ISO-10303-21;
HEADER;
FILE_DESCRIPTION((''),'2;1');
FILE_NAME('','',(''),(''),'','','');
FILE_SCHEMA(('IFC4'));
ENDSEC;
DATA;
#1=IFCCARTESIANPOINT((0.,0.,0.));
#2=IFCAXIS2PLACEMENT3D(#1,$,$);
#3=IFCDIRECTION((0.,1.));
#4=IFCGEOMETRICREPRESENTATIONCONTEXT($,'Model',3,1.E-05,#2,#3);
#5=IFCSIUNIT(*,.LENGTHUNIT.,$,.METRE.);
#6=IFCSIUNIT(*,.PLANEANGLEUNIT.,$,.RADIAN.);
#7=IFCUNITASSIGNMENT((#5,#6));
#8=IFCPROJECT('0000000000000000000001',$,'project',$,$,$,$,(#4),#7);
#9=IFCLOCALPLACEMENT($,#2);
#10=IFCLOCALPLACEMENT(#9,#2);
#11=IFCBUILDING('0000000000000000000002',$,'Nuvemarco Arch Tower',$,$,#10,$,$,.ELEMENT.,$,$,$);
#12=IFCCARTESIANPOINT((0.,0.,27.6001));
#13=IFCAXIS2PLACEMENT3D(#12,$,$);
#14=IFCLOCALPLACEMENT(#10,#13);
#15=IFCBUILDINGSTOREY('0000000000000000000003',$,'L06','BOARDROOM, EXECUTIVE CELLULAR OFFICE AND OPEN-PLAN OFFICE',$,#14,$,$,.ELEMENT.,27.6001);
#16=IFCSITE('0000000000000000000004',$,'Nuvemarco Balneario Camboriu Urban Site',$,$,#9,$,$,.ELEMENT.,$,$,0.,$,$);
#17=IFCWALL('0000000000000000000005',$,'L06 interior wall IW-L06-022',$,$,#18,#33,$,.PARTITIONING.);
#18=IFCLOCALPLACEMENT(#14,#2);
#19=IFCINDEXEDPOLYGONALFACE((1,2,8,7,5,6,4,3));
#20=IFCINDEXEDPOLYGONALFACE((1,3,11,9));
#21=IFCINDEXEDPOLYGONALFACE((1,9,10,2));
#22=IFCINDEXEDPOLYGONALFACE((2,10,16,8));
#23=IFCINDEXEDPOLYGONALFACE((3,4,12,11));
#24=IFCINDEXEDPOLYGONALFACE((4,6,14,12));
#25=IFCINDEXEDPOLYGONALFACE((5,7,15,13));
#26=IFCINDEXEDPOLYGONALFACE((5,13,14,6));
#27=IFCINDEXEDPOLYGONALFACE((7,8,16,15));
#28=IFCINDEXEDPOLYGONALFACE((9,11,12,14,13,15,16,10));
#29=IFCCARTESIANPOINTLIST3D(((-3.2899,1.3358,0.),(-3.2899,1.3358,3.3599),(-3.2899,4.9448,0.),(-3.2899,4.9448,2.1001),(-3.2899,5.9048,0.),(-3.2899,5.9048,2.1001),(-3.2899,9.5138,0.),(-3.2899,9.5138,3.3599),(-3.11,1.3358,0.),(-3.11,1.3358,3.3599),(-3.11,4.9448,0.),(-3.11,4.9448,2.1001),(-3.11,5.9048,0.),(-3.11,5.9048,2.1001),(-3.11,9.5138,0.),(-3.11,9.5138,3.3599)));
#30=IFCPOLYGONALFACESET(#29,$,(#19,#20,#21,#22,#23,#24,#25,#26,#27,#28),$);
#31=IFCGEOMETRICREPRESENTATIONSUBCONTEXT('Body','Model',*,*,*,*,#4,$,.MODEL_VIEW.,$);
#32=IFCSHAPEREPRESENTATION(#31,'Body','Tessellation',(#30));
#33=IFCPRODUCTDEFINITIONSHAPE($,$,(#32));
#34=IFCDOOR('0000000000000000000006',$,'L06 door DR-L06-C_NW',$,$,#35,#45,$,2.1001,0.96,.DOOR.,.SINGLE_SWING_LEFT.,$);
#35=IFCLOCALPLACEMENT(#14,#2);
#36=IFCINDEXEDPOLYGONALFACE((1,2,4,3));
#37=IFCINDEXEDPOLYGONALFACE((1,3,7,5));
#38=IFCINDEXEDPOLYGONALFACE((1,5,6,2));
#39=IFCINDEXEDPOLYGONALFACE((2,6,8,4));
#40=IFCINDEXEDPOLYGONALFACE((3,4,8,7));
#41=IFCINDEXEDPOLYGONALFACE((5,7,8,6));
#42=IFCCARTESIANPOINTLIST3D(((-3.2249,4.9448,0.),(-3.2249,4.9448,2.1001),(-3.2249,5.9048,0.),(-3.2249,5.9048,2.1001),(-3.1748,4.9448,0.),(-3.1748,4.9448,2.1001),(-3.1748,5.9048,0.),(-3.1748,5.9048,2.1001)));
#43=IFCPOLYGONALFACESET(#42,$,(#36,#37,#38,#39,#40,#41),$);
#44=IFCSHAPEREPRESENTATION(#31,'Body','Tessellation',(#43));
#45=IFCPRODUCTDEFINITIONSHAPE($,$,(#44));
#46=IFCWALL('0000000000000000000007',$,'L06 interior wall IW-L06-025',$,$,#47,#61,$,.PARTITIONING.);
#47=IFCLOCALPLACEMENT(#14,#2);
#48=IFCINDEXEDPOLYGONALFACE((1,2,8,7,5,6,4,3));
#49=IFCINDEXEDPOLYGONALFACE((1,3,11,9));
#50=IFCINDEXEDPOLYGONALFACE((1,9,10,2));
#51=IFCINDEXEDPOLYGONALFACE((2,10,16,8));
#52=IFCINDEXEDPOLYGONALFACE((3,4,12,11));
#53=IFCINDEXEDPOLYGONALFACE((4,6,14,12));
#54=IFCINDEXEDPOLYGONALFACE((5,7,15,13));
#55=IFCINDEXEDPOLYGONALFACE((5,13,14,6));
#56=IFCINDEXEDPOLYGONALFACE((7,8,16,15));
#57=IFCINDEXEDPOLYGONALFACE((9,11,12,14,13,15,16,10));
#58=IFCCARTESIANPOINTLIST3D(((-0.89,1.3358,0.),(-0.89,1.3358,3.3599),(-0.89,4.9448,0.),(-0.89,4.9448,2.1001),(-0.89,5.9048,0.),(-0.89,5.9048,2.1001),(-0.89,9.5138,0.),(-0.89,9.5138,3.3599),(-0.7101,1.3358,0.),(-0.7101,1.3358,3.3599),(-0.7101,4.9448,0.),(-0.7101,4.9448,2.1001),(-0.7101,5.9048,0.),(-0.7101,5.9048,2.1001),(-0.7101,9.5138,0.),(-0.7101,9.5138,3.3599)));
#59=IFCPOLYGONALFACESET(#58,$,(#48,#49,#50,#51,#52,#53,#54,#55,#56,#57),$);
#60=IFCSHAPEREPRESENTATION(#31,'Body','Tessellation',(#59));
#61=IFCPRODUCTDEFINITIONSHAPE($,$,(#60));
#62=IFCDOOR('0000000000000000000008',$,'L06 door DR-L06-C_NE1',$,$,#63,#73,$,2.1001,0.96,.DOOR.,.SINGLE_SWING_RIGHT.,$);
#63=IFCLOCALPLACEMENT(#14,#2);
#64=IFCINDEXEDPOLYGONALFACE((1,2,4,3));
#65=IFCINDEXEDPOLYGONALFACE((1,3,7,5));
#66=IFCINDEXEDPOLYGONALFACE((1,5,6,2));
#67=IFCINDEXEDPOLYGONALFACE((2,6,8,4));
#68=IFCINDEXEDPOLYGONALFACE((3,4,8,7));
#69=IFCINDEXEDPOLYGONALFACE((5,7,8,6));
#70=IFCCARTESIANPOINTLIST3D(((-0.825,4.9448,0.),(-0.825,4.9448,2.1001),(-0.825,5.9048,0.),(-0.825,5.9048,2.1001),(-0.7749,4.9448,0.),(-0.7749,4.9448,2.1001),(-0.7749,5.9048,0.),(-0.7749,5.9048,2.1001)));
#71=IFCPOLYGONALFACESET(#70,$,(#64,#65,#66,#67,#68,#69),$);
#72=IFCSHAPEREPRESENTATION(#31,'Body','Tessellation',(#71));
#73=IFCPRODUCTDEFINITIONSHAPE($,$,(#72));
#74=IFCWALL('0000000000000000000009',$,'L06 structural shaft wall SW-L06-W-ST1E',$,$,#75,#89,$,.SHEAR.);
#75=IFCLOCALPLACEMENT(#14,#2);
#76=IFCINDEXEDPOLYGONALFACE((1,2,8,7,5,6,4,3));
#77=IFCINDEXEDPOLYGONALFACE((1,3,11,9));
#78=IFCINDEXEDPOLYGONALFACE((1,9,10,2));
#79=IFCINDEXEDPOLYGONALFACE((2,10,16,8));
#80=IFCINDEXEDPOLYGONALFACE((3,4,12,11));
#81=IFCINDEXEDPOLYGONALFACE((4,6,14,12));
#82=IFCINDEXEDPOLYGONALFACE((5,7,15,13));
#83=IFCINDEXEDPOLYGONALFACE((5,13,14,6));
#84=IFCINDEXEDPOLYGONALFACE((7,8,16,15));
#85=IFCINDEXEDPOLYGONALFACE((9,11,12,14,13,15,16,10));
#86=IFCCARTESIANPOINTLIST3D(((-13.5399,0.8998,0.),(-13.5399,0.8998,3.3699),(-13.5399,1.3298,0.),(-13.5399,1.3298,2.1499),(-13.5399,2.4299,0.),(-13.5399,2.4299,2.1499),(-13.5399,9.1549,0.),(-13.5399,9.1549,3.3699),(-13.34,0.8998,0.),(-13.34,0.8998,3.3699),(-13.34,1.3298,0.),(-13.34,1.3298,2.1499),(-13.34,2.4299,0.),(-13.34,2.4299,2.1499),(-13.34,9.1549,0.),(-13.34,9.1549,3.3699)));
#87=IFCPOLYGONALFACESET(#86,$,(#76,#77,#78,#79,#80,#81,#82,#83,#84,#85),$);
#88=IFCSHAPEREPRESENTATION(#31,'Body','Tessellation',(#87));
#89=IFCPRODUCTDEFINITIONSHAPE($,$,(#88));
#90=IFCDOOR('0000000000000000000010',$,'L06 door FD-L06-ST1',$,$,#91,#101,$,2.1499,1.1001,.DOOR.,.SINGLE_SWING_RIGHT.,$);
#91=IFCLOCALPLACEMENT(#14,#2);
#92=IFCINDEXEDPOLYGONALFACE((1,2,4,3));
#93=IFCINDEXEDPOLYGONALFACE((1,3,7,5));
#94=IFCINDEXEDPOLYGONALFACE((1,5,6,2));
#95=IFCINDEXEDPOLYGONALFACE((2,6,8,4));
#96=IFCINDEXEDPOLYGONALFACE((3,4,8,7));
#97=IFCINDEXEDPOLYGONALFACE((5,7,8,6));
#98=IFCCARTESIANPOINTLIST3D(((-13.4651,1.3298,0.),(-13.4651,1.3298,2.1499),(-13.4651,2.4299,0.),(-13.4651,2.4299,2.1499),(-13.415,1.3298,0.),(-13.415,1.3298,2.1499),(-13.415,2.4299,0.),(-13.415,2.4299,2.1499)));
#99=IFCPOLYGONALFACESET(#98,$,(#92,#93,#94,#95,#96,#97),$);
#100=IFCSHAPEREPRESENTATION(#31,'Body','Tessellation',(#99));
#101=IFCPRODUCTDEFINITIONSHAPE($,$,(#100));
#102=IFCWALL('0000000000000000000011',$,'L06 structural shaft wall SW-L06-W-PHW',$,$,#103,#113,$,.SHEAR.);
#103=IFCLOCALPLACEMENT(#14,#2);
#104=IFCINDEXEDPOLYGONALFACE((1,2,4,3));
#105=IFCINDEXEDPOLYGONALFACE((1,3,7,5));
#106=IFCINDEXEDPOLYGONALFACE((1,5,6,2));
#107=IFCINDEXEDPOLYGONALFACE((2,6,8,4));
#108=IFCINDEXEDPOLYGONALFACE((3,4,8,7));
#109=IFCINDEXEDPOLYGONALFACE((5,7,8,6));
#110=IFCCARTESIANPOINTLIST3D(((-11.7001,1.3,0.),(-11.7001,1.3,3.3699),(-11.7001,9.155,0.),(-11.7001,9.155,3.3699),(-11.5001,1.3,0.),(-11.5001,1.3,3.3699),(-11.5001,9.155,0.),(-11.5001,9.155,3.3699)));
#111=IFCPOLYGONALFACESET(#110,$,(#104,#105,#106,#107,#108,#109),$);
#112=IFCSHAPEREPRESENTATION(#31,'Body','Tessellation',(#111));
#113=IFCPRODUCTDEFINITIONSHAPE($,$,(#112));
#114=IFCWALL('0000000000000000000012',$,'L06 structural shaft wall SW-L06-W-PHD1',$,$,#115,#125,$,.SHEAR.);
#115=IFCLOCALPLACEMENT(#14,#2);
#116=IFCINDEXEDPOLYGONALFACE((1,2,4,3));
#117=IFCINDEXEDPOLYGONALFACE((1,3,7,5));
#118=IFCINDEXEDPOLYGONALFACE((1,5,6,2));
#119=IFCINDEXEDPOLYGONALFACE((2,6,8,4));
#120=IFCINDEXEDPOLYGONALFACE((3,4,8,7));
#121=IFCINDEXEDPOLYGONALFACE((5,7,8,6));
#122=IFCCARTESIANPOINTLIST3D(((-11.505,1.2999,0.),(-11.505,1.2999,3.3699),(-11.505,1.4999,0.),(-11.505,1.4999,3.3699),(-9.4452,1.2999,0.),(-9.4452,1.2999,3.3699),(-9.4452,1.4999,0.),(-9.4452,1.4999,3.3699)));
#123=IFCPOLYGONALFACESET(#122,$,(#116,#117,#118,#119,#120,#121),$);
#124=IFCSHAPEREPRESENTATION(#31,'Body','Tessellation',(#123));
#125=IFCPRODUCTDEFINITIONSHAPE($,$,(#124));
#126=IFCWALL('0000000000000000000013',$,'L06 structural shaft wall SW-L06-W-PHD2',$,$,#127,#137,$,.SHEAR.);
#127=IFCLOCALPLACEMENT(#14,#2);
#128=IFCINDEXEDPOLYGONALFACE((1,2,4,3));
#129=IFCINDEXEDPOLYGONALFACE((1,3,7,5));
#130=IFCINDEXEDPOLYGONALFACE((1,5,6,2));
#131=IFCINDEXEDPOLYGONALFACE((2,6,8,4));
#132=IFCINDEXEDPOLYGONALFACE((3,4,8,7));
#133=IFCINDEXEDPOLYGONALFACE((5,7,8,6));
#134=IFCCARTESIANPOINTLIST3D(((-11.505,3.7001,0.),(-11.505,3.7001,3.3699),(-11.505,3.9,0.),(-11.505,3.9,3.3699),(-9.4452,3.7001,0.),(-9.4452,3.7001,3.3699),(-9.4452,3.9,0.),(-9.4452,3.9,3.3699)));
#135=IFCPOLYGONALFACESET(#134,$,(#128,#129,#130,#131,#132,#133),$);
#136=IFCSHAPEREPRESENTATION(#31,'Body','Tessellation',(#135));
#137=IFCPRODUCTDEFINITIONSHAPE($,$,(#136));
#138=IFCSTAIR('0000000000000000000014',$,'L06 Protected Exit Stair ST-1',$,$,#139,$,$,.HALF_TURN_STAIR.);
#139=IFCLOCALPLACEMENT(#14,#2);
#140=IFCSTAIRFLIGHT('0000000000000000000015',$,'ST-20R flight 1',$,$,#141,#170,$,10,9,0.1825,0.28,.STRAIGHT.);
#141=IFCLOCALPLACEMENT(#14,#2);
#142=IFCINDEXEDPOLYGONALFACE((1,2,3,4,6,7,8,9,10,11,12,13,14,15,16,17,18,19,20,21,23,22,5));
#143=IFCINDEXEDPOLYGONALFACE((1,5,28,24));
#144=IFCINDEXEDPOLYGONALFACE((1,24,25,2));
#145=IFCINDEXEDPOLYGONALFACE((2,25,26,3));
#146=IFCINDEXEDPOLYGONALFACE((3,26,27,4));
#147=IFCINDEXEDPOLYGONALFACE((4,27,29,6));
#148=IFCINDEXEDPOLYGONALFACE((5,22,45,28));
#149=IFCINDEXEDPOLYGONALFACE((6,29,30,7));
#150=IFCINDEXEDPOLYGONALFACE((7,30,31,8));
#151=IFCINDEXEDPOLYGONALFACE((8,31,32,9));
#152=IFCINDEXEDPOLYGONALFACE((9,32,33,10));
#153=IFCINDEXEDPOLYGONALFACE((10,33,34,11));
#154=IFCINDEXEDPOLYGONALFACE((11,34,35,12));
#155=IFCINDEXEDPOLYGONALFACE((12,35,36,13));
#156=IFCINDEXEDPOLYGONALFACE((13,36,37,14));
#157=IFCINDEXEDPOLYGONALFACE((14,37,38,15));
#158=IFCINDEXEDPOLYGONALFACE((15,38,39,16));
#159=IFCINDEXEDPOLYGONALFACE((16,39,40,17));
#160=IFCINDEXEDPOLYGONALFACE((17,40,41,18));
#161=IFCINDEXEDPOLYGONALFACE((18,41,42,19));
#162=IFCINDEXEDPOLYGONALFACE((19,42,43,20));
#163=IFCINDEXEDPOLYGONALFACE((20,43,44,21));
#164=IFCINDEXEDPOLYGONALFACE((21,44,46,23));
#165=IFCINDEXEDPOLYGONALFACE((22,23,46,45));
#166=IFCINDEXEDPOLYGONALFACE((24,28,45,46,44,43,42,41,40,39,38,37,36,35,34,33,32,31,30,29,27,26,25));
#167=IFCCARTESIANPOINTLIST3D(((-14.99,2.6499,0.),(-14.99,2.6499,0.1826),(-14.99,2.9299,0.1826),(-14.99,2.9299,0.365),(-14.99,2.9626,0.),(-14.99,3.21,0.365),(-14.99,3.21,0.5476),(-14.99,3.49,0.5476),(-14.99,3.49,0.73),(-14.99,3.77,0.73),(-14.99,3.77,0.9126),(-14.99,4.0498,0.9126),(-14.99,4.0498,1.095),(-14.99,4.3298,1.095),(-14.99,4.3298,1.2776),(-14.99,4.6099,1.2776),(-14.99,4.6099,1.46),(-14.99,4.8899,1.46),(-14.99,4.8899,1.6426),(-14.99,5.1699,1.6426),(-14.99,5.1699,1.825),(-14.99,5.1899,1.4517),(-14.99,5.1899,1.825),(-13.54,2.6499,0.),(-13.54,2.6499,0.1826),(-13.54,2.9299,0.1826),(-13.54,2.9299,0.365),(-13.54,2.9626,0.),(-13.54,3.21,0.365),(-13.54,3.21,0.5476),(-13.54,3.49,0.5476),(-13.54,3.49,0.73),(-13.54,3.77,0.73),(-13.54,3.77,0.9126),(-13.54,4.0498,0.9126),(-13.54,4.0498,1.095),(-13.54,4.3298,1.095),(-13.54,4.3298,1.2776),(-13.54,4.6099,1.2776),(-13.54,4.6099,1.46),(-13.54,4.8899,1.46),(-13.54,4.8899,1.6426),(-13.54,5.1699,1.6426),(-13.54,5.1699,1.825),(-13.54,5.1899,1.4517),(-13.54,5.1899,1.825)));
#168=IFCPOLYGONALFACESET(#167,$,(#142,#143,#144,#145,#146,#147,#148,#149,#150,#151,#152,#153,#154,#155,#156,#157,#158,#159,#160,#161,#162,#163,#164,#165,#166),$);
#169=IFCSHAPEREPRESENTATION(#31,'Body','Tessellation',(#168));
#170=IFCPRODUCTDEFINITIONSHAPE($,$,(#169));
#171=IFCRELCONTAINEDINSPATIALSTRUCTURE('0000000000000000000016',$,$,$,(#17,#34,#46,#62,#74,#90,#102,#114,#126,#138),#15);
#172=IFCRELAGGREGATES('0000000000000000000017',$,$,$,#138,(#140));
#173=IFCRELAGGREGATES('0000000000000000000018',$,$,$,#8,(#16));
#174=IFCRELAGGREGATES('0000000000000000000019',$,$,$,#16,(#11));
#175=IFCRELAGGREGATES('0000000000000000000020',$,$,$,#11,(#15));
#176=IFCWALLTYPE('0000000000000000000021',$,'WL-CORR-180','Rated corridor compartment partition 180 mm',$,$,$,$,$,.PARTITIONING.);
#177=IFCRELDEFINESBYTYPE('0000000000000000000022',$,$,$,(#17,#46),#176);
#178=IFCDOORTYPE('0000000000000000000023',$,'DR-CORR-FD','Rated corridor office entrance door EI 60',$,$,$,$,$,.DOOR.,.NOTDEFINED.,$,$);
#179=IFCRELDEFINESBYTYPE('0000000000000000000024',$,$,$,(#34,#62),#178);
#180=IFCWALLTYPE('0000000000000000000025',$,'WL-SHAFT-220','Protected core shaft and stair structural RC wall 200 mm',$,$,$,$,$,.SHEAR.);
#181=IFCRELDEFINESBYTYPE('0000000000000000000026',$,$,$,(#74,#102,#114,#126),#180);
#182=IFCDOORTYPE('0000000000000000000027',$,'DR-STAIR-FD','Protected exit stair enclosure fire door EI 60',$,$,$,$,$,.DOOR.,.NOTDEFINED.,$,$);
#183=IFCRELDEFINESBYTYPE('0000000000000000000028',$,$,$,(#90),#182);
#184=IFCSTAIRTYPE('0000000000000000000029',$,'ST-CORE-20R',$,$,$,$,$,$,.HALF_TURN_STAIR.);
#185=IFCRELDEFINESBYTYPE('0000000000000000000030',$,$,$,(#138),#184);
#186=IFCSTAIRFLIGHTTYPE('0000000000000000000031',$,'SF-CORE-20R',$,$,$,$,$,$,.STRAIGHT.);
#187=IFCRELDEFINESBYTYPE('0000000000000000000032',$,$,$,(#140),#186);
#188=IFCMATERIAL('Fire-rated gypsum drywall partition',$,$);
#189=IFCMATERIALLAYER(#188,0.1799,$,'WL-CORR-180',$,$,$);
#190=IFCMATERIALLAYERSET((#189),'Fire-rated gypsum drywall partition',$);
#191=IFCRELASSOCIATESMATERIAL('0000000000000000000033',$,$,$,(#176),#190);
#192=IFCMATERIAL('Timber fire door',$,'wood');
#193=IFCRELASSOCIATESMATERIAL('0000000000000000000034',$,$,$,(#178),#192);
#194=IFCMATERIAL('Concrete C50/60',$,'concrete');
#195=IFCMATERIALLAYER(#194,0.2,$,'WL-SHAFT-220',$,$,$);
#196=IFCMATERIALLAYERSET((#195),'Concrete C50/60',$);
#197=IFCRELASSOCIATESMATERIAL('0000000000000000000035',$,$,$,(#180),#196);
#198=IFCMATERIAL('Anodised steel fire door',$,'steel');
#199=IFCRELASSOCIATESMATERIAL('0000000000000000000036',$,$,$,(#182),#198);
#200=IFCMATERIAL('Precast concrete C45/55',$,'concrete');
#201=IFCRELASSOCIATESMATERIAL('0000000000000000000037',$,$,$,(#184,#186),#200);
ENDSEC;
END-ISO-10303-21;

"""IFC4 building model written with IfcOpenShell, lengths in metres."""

from ifc_helpers import new_model, si_unit, direction, frame, frame_2d, origin, place, context, subcontext, project, spatial, polyline, rectangle, outline, extrude, source, transform, mapped, material, layer, layer_set, type_object, type_shapes, element, fill, aggregate, save


model = new_model("IFC4")

# Units and contexts
model_context = context("Model", 3, precision=1e-05, world=origin(), true_north=direction((0.0, 1.0)))
body_context = subcontext(model_context, "Body", "Model", "MODEL_VIEW")
ifc_project = project(units=[si_unit("LENGTHUNIT", "METRE"), si_unit("PLANEANGLEUNIT", "RADIAN")], contexts=[model_context])

# Site, building, storey
site_placement = place(None, origin())
site = spatial("IfcSite", under=ifc_project, at=site_placement, Name="Nuvemarco Balneario Camboriu Urban Site", CompositionType="ELEMENT", RefElevation=0.0)
building_placement = place(site_placement, origin())
building = spatial("IfcBuilding", under=site, at=building_placement, Name="Nuvemarco Arch Tower", CompositionType="ELEMENT")
storey_placement = place(building_placement, frame((0.0, 0.0, 27.6001)))
storey = spatial("IfcBuildingStorey", under=building, at=storey_placement, Name="L06", Description="BOARDROOM, EXECUTIVE CELLULAR OFFICE AND OPEN-PLAN OFFICE", CompositionType="ELEMENT", Elevation=27.6001)

# Shared definitions
ifc_material_1 = material(Name="Concrete C50/60", Category="concrete")

# Shared definitions
ifc_material_2 = material(Name="Fire-rated gypsum drywall partition")
ifc_layer_1 = layer(ifc_material_2, 0.1799, Name="WL-CORR-180")
ifc_layer_set_1 = layer_set([ifc_layer_1], Name="Fire-rated gypsum drywall partition")
wall_type_1 = type_object("IfcWallType", Name="WL-CORR-180", Description="Rated corridor compartment partition 180 mm", PredefinedType="PARTITIONING", material=ifc_layer_set_1)

# Walls, openings, doors
ifc_material_3 = material(Name="Timber fire door", Category="wood")
door_type_1 = type_object("IfcDoorType", Name="DR-CORR-FD", Description="Rated corridor office entrance door EI 60", OperationType="NOTDEFINED", PredefinedType="DOOR", material=ifc_material_3)
shared_shape_1 = source(origin(), body_context, "Body", "SweptSolid", [
    extrude(rectangle(XDim=0.96, YDim=2.1001, at=frame_2d((0.48, 1.05))), frame((0.0, 0.0249, 0.0), z_axis=(0.0, -1.0, 0.0), x_axis=(1.0, 0.0, 0.0)), (0.0, 0.0, 1.0), 0.05),
])
type_shapes(door_type_1, [shared_shape_1])
wall_1_placement = place(storey_placement, frame((-3.2, 1.3359, 0.0), z_axis=(0.0, 0.0, 1.0), x_axis=(0.0, 1.0, 0.0)))
wall_1 = element("IfcWall", 1, at=wall_1_placement, inside=storey, type_object=wall_type_1, Name="L06 interior wall IW-L06-022", PredefinedType="PARTITIONING", context=body_context, shape_type="SweptSolid", body=[
    extrude(rectangle(XDim=8.178, YDim=0.1799, at=frame_2d((4.0889, 0.0))), origin(), (0.0, 0.0, 1.0), 3.3599),
])
opening_1_placement = place(wall_1_placement, frame((3.6089, 0.0, 0.0)))
opening_1 = element("IfcOpeningElement", 2, at=opening_1_placement, cuts=wall_1, PredefinedType="OPENING", context=body_context, shape_type="SweptSolid", body=[
    extrude(rectangle(XDim=0.96, YDim=2.1001, at=frame_2d((0.48, 1.05))), frame((0.0, 0.0999, 0.0), z_axis=(0.0, -1.0, 0.0), x_axis=(1.0, 0.0, 0.0)), (0.0, 0.0, 1.0), 0.2),
])
door_1_placement = place(opening_1_placement, origin())
door_1 = element("IfcDoor", 3, at=door_1_placement, inside=storey, type_object=door_type_1, Name="L06 door DR-L06-C_NW", OperationType="SINGLE_SWING_LEFT", OverallHeight=2.1001, OverallWidth=0.96, PredefinedType="DOOR", context=body_context, shape_type="MappedRepresentation", body=[
    mapped(shared_shape_1, transform((0.0, 0.0, 0.0), scale=1.0)),
])
fill(opening_1, door_1)
wall_2_placement = place(storey_placement, frame((-0.8, 1.3359, 0.0), z_axis=(0.0, 0.0, 1.0), x_axis=(0.0, 1.0, 0.0)))
wall_2 = element("IfcWall", 4, at=wall_2_placement, inside=storey, type_object=wall_type_1, Name="L06 interior wall IW-L06-025", PredefinedType="PARTITIONING", context=body_context, shape_type="SweptSolid", body=[
    extrude(rectangle(XDim=8.178, YDim=0.1799, at=frame_2d((4.0889, 0.0))), origin(), (0.0, 0.0, 1.0), 3.3599),
])
opening_2_placement = place(wall_2_placement, frame((3.6089, 0.0, 0.0)))
opening_2 = element("IfcOpeningElement", 5, at=opening_2_placement, cuts=wall_2, PredefinedType="OPENING", context=body_context, shape_type="SweptSolid", body=[
    extrude(rectangle(XDim=0.96, YDim=2.1001, at=frame_2d((0.48, 1.05))), frame((0.0, 0.0999, 0.0), z_axis=(0.0, -1.0, 0.0), x_axis=(1.0, 0.0, 0.0)), (0.0, 0.0, 1.0), 0.2),
])
door_2_placement = place(opening_2_placement, origin())
door_2 = element("IfcDoor", 6, at=door_2_placement, inside=storey, type_object=door_type_1, Name="L06 door DR-L06-C_NE1", OperationType="SINGLE_SWING_RIGHT", OverallHeight=2.1001, OverallWidth=0.96, PredefinedType="DOOR", context=body_context, shape_type="MappedRepresentation", body=[
    mapped(shared_shape_1, transform((0.0, 0.0, 0.0), scale=1.0)),
])
fill(opening_2, door_2)
ifc_layer_2 = layer(ifc_material_1, 0.2, Name="WL-SHAFT-220")
ifc_layer_set_2 = layer_set([ifc_layer_2], Name="Concrete C50/60")
wall_type_2 = type_object("IfcWallType", Name="WL-SHAFT-220", Description="Protected core shaft and stair structural RC wall 200 mm", PredefinedType="SHEAR", material=ifc_layer_set_2)
wall_3_placement = place(storey_placement, frame((-13.4399, 0.8999, 0.0), z_axis=(0.0, 0.0, 1.0), x_axis=(0.0, 1.0, 0.0)))
wall_3 = element("IfcWall", 7, at=wall_3_placement, inside=storey, type_object=wall_type_2, Name="L06 structural shaft wall SW-L06-W-ST1E", PredefinedType="SHEAR", context=body_context, shape_type="SweptSolid", body=[
    extrude(rectangle(XDim=8.2551, YDim=0.2, at=frame_2d((4.1274, 0.0))), origin(), (0.0, 0.0, 1.0), 3.3699),
])
opening_3_placement = place(wall_3_placement, frame((1.53, 0.0, 0.0), z_axis=(0.0, 0.0, 1.0), x_axis=(-1.0, 0.0, 0.0)))
opening_3 = element("IfcOpeningElement", 8, at=opening_3_placement, cuts=wall_3, PredefinedType="OPENING", context=body_context, shape_type="SweptSolid", body=[
    extrude(rectangle(XDim=1.1001, YDim=2.1499, at=frame_2d((0.55, 1.075))), frame((0.0, 0.1099, 0.0), z_axis=(0.0, -1.0, 0.0), x_axis=(1.0, 0.0, 0.0)), (0.0, 0.0, 1.0), 0.22),
])
ifc_material_4 = material(Name="Anodised steel fire door", Category="steel")
door_type_2 = type_object("IfcDoorType", Name="DR-STAIR-FD", Description="Protected exit stair enclosure fire door EI 60", OperationType="NOTDEFINED", PredefinedType="DOOR", material=ifc_material_4)
shared_shape_2 = source(origin(), body_context, "Body", "SweptSolid", [
    extrude(rectangle(XDim=1.1001, YDim=2.1499, at=frame_2d((0.55, 1.075))), frame((0.0, 0.0249, 0.0), z_axis=(0.0, -1.0, 0.0), x_axis=(1.0, 0.0, 0.0)), (0.0, 0.0, 1.0), 0.05),
])
type_shapes(door_type_2, [shared_shape_2])
door_3_placement = place(opening_3_placement, origin())
door_3 = element("IfcDoor", 9, at=door_3_placement, inside=storey, type_object=door_type_2, Name="L06 door FD-L06-ST1", OperationType="SINGLE_SWING_RIGHT", OverallHeight=2.1499, OverallWidth=1.1001, PredefinedType="DOOR", context=body_context, shape_type="MappedRepresentation", body=[
    mapped(shared_shape_2, transform((0.0, 0.0, 0.0), scale=1.0)),
])
fill(opening_3, door_3)

# Walls
wall_4_placement = place(storey_placement, frame((-11.6001, 1.3, 0.0), z_axis=(0.0, 0.0, 1.0), x_axis=(0.0, 1.0, 0.0)))
element("IfcWall", 10, at=wall_4_placement, inside=storey, type_object=wall_type_2, Name="L06 structural shaft wall SW-L06-W-PHW", PredefinedType="SHEAR", context=body_context, shape_type="SweptSolid", body=[
    extrude(rectangle(XDim=7.855, YDim=0.2, at=frame_2d((3.9275, 0.0))), origin(), (0.0, 0.0, 1.0), 3.3699),
])
for number, where, z_axis, x_axis, name in (
    (11, (-11.5049, 1.3999, 0.0), (0.0, 0.0, 1.0), (1.0, 0.0, 0.0), "L06 structural shaft wall SW-L06-W-PHD1"),
    (12, (-11.5049, 3.8, 0.0), (0.0, 0.0, 1.0), (1.0, 0.0, 0.0), "L06 structural shaft wall SW-L06-W-PHD2"),
):
    element("IfcWall", number, at=place(storey_placement, frame(where, z_axis=z_axis, x_axis=x_axis)), inside=storey, type_object=wall_type_2, Name=name, PredefinedType="SHEAR", context=body_context, shape_type="SweptSolid", body=[
        extrude(rectangle(XDim=2.0598, YDim=0.2, at=frame_2d((1.0298, 0.0))), origin(), (0.0, 0.0, 1.0), 3.3699),
    ])

# Stair, stair flight
ifc_material_5 = material(Name="Precast concrete C45/55", Category="concrete")
stair_type = type_object("IfcStairType", Name="ST-CORE-20R", PredefinedType="HALF_TURN_STAIR", material=ifc_material_5)
stair_placement = place(storey_placement, origin())
stair = element("IfcStair", 13, at=stair_placement, inside=storey, type_object=stair_type, Name="L06 Protected Exit Stair ST-1", PredefinedType="HALF_TURN_STAIR")
stair_flight_type = type_object("IfcStairFlightType", Name="SF-CORE-20R", PredefinedType="STRAIGHT", material=ifc_material_5)
stair_flight_placement = place(storey_placement, frame((-14.2649, 2.6499, 0.0), z_axis=(0.0, 0.0, 1.0), x_axis=(0.0, 1.0, 0.0)))
stair_flight = element("IfcStairFlight", 14, at=stair_flight_placement, type_object=stair_flight_type, Name="ST-20R flight 1", NumberOfRisers=10, NumberOfTreads=9, PredefinedType="STRAIGHT", RiserHeight=0.1825, TreadLength=0.28, context=body_context, shape_type="SweptSolid", body=[
    extrude(outline(polyline([(0.0, 0.0), (0.0, 0.1826), (0.28, 0.1826), (0.28, 0.365), (0.5601, 0.365), (0.5601, 0.5476), (0.8401, 0.5476), (0.8401, 0.73), (1.1201, 0.73), (1.1201, 0.9126), (1.3999, 0.9126), (1.3999, 1.095), (1.6799, 1.095), (1.6799, 1.2776), (1.96, 1.2776), (1.96, 1.46), (2.24, 1.46), (2.24, 1.6426), (2.52, 1.6426), (2.52, 1.825), (2.54, 1.825), (2.54, 1.4517), (0.3127, 0.0), (0.0, 0.0)])), frame((0.0, 0.7251, 0.0), z_axis=(0.0, -1.0, 0.0), x_axis=(1.0, 0.0, 0.0)), (0.0, 0.0, 1.0), 1.45),
])
aggregate(stair, [stair_flight])

save(model, "model.ifc")
